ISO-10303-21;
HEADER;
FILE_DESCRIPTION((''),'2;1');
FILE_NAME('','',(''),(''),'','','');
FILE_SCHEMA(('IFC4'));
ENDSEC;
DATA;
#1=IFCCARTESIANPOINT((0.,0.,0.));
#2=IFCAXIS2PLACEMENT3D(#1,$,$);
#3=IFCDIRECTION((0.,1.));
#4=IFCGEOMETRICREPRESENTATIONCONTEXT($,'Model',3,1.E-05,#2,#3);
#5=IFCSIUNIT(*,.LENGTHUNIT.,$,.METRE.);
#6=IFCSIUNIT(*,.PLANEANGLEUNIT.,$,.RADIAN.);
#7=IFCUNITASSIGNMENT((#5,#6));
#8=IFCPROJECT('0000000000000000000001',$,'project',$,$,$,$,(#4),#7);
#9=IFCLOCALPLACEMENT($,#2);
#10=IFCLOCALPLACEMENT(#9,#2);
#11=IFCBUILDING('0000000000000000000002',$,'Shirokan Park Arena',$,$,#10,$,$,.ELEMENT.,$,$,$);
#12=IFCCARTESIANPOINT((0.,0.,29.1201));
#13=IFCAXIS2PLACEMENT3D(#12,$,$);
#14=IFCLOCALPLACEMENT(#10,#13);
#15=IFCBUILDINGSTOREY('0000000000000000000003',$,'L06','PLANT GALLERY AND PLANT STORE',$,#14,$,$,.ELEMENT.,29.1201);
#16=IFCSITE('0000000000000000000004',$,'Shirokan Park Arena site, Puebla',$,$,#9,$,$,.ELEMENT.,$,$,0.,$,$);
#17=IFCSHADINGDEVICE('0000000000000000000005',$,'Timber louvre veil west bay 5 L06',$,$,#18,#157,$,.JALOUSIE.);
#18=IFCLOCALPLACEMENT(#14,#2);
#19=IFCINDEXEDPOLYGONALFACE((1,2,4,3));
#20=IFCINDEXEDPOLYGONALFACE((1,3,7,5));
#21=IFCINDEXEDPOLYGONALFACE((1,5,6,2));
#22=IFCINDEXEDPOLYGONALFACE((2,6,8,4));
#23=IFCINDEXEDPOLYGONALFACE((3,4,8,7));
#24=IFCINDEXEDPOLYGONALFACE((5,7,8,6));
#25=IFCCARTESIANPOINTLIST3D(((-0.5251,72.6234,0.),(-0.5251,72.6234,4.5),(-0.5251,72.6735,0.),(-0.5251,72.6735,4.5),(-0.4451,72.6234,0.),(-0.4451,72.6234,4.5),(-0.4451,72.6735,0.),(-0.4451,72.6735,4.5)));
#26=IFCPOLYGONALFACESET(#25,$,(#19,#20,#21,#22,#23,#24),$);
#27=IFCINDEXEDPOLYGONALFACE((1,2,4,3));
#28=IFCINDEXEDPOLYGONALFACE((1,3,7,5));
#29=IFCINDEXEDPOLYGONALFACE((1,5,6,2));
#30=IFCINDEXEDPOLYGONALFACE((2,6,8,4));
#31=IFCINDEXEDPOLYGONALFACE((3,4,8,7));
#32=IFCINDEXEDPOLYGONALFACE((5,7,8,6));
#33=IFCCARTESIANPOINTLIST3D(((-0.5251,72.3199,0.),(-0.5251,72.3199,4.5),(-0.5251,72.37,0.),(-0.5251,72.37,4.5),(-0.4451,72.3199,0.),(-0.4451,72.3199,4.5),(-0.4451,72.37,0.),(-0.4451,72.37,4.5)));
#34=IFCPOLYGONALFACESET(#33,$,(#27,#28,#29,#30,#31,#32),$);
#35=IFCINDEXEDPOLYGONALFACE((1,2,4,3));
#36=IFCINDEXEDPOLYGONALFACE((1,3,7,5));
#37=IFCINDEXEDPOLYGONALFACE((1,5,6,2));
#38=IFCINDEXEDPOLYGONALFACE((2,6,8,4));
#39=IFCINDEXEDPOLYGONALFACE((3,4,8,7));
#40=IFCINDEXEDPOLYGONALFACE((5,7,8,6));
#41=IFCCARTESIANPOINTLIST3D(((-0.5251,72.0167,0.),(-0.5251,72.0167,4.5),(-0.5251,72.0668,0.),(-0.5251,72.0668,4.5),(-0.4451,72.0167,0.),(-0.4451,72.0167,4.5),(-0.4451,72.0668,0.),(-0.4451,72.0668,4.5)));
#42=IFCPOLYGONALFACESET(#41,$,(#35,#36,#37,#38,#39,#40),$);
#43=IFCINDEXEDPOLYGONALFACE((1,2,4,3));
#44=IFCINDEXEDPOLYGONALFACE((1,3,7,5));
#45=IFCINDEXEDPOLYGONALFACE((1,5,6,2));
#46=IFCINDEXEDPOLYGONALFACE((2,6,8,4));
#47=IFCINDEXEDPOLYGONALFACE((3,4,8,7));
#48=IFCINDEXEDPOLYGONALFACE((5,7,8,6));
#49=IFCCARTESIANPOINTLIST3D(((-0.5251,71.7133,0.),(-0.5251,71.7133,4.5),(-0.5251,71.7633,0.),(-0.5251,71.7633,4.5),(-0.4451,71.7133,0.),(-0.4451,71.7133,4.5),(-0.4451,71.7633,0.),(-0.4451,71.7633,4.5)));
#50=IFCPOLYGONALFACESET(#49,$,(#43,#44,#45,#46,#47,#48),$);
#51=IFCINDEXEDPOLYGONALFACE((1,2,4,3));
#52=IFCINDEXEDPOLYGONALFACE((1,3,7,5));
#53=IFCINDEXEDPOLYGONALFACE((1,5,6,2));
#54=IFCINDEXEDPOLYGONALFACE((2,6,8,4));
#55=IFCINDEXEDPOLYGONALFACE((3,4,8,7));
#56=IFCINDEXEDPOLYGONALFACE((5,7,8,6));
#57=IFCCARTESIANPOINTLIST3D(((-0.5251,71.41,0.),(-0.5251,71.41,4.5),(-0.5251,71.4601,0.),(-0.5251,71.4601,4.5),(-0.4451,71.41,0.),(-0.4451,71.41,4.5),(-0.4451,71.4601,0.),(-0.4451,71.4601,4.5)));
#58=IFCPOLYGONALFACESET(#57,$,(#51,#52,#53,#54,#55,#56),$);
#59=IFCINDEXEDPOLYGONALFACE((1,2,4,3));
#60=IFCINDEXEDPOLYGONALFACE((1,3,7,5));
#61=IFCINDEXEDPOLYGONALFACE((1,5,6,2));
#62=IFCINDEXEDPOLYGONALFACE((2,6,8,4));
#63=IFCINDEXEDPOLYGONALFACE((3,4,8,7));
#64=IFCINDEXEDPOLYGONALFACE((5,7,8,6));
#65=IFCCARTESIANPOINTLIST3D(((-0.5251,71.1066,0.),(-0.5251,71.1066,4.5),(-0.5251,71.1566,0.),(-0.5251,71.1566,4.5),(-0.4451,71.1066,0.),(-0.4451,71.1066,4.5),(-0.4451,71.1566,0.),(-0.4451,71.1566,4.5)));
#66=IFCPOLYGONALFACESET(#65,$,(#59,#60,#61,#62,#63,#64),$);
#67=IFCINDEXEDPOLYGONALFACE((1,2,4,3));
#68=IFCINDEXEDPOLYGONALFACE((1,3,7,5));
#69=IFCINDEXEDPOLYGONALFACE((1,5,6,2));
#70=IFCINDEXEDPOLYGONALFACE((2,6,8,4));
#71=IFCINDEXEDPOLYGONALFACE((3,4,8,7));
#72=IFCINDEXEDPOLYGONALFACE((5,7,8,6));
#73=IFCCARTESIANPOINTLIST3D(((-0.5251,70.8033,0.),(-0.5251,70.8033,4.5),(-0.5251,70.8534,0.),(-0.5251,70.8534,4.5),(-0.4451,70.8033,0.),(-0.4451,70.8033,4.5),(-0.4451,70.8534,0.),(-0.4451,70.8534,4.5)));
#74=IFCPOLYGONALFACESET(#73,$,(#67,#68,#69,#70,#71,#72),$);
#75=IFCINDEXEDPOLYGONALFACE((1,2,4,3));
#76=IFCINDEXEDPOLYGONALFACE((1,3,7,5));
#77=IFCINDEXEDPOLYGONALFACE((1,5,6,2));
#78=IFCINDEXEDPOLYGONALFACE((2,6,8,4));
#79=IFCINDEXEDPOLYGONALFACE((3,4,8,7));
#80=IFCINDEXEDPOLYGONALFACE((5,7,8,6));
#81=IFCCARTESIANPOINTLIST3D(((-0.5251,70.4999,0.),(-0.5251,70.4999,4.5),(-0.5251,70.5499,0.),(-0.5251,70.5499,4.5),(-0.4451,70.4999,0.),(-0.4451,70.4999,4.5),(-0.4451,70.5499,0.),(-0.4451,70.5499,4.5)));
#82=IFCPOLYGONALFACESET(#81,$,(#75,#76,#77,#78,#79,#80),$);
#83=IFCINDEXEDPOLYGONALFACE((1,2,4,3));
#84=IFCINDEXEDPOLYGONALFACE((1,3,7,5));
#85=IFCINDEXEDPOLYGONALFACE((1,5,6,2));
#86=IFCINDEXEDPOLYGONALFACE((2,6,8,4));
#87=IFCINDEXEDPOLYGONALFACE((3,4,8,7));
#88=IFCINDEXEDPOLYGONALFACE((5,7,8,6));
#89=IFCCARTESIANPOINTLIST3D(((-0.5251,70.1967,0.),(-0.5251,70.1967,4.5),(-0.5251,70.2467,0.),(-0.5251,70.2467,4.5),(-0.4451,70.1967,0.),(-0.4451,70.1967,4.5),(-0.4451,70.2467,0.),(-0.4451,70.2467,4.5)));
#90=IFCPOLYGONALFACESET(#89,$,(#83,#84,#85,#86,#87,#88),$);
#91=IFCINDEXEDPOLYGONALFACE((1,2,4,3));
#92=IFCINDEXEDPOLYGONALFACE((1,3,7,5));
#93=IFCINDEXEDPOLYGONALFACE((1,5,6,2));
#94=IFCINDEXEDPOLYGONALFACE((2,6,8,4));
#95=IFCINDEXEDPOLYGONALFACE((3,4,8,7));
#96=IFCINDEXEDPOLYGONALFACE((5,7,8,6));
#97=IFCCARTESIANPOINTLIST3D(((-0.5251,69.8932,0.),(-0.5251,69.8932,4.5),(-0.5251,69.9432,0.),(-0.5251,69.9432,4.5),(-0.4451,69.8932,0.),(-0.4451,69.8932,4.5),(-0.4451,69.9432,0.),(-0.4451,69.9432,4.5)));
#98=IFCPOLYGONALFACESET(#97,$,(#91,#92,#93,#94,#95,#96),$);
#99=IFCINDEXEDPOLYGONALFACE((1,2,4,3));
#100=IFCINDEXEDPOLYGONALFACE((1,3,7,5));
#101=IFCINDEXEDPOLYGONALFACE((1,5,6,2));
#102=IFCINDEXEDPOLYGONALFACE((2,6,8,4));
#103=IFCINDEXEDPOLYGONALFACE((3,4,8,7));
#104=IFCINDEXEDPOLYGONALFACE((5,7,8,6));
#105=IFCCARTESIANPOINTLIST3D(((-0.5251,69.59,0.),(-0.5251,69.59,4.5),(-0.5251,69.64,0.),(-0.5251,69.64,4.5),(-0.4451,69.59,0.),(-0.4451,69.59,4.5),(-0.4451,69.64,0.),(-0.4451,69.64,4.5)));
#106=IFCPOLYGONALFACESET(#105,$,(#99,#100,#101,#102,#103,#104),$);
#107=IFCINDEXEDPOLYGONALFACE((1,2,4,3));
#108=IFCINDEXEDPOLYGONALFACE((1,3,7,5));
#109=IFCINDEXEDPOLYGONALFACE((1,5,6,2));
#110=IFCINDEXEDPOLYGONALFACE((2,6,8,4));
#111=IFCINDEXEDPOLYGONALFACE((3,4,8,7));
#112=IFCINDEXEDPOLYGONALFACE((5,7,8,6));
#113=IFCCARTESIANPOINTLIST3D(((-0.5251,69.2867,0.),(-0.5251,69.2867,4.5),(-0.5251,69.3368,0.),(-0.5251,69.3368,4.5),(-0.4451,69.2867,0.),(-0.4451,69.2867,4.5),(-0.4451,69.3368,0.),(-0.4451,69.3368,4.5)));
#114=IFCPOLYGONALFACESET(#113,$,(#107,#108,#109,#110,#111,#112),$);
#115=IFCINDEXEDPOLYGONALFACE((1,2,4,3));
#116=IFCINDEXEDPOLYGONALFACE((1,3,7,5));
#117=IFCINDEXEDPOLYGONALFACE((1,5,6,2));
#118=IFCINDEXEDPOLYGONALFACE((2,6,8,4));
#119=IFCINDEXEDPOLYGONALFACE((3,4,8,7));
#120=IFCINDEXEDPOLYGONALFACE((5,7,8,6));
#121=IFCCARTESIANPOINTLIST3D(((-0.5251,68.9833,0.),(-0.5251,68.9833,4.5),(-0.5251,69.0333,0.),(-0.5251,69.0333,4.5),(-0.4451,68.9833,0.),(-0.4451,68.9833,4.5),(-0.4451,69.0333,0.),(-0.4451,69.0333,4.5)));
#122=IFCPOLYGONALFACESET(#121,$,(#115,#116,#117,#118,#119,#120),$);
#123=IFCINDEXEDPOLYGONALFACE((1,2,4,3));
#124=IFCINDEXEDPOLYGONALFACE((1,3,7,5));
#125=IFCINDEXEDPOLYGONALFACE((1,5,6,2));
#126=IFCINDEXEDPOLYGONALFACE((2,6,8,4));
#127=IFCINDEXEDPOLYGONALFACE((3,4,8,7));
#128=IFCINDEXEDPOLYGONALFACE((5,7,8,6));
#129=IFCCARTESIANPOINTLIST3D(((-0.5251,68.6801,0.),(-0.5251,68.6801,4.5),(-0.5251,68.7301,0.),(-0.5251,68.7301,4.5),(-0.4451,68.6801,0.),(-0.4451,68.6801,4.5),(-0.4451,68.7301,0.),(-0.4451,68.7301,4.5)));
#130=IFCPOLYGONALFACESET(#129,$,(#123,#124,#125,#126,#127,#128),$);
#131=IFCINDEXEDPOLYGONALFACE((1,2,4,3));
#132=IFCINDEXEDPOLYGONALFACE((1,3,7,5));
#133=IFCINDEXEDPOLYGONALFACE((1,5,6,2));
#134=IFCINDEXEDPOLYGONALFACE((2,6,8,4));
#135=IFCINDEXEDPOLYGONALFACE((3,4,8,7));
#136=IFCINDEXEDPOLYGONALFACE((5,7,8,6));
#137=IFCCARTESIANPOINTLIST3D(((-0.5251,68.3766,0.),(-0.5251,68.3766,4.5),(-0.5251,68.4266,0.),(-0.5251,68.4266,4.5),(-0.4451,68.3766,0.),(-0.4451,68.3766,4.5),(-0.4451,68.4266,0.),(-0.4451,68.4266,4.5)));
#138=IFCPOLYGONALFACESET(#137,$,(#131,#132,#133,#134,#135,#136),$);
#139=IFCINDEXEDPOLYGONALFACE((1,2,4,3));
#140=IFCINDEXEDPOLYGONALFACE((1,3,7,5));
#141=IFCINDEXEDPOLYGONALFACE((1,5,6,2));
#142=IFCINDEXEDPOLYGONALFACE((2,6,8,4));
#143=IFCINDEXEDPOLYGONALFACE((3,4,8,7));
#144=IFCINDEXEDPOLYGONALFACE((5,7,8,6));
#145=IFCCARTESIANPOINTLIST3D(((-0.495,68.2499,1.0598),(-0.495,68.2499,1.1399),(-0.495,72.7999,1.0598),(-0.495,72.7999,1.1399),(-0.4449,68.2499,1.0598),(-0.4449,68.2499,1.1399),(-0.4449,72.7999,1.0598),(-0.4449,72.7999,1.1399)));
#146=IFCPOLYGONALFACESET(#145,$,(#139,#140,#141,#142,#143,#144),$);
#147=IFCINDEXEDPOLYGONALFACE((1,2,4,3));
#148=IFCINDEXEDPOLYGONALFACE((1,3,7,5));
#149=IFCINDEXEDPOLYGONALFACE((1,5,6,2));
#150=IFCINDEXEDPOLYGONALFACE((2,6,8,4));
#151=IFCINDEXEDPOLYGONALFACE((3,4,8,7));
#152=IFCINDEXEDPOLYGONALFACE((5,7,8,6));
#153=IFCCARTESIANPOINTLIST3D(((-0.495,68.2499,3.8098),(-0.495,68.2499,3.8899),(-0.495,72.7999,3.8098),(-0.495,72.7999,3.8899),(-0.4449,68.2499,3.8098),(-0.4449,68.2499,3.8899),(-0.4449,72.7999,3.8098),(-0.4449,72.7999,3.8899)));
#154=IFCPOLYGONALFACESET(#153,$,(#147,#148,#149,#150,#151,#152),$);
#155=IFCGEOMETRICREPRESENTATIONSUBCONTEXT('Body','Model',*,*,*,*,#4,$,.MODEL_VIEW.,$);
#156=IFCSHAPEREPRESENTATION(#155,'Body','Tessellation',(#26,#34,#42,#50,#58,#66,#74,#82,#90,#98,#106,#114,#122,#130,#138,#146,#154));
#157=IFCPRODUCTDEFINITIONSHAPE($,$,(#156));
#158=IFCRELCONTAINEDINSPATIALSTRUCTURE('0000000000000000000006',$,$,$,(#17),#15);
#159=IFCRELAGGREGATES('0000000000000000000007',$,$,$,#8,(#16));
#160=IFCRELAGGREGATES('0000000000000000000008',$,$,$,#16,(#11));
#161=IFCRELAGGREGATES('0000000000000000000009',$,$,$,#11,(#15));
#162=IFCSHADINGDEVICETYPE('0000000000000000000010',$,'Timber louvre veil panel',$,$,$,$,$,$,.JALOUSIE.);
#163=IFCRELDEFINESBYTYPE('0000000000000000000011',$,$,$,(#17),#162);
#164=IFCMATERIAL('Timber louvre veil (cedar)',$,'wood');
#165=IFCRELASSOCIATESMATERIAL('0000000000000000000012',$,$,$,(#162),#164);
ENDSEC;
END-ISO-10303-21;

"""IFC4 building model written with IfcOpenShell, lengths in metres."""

from ifc_helpers import new_model, si_unit, direction, frame, origin, origin_2d, place, context, subcontext, project, spatial, rectangle, extrude, material, type_object, element, save


model = new_model("IFC4")

# Units and contexts
model_context = context("Model", 3, precision=1e-05, world=origin(), true_north=direction((0.0, 1.0)))
body_context = subcontext(model_context, "Body", "Model", "MODEL_VIEW")
ifc_project = project(units=[si_unit("LENGTHUNIT", "METRE"), si_unit("PLANEANGLEUNIT", "RADIAN")], contexts=[model_context])

# Site, building, storey
site_placement = place(None, origin())
site = spatial("IfcSite", under=ifc_project, at=site_placement, Name="Shirokan Park Arena site, Puebla", CompositionType="ELEMENT", RefElevation=0.0)
building_placement = place(site_placement, origin())
building = spatial("IfcBuilding", under=site, at=building_placement, Name="Shirokan Park Arena", CompositionType="ELEMENT")
storey_placement = place(building_placement, frame((0.0, 0.0, 29.1201)))
storey = spatial("IfcBuildingStorey", under=building, at=storey_placement, Name="L06", Description="PLANT GALLERY AND PLANT STORE", CompositionType="ELEMENT", Elevation=29.1201)

# Shading device
ifc_material_1 = material(Name="Timber louvre veil (cedar)", Category="wood")
shading_device_type = type_object("IfcShadingDeviceType", Name="Timber louvre veil panel", PredefinedType="JALOUSIE", material=ifc_material_1)
shading_device_1_placement = place(storey_placement, origin())
element("IfcShadingDevice", 1, at=shading_device_1_placement, inside=storey, type_object=shading_device_type, Name="Timber louvre veil west bay 5 L06", PredefinedType="JALOUSIE", context=body_context, shape_type="SweptSolid", body=[
    extrude(rectangle(XDim=0.05, YDim=0.0801, at=origin_2d()), frame((-0.4851, 72.6484, 0.0), z_axis=(0.0, 0.0, 1.0), x_axis=(0.0, -1.0, 0.0)), (0.0, 0.0, 1.0), 4.5),
    extrude(rectangle(XDim=0.05, YDim=0.0801, at=origin_2d()), frame((-0.4851, 72.345, 0.0), z_axis=(0.0, 0.0, 1.0), x_axis=(0.0, -1.0, 0.0)), (0.0, 0.0, 1.0), 4.5),
    extrude(rectangle(XDim=0.05, YDim=0.0801, at=origin_2d()), frame((-0.4851, 72.0417, 0.0), z_axis=(0.0, 0.0, 1.0), x_axis=(0.0, -1.0, 0.0)), (0.0, 0.0, 1.0), 4.5),
    extrude(rectangle(XDim=0.05, YDim=0.0801, at=origin_2d()), frame((-0.4851, 71.7383, 0.0), z_axis=(0.0, 0.0, 1.0), x_axis=(0.0, -1.0, 0.0)), (0.0, 0.0, 1.0), 4.5),
    extrude(rectangle(XDim=0.05, YDim=0.0801, at=origin_2d()), frame((-0.4851, 71.4351, 0.0), z_axis=(0.0, 0.0, 1.0), x_axis=(0.0, -1.0, 0.0)), (0.0, 0.0, 1.0), 4.5),
    extrude(rectangle(XDim=0.05, YDim=0.0801, at=origin_2d()), frame((-0.4851, 71.1316, 0.0), z_axis=(0.0, 0.0, 1.0), x_axis=(0.0, -1.0, 0.0)), (0.0, 0.0, 1.0), 4.5),
    extrude(rectangle(XDim=0.05, YDim=0.0801, at=origin_2d()), frame((-0.4851, 70.8284, 0.0), z_axis=(0.0, 0.0, 1.0), x_axis=(0.0, -1.0, 0.0)), (0.0, 0.0, 1.0), 4.5),
    extrude(rectangle(XDim=0.05, YDim=0.0801, at=origin_2d()), frame((-0.4851, 70.5249, 0.0), z_axis=(0.0, 0.0, 1.0), x_axis=(0.0, -1.0, 0.0)), (0.0, 0.0, 1.0), 4.5),
    extrude(rectangle(XDim=0.05, YDim=0.0801, at=origin_2d()), frame((-0.4851, 70.2217, 0.0), z_axis=(0.0, 0.0, 1.0), x_axis=(0.0, -1.0, 0.0)), (0.0, 0.0, 1.0), 4.5),
    extrude(rectangle(XDim=0.05, YDim=0.0801, at=origin_2d()), frame((-0.4851, 69.9182, 0.0), z_axis=(0.0, 0.0, 1.0), x_axis=(0.0, -1.0, 0.0)), (0.0, 0.0, 1.0), 4.5),
    extrude(rectangle(XDim=0.05, YDim=0.0801, at=origin_2d()), frame((-0.4851, 69.615, 0.0), z_axis=(0.0, 0.0, 1.0), x_axis=(0.0, -1.0, 0.0)), (0.0, 0.0, 1.0), 4.5),
    extrude(rectangle(XDim=0.05, YDim=0.0801, at=origin_2d()), frame((-0.4851, 69.3118, 0.0), z_axis=(0.0, 0.0, 1.0), x_axis=(0.0, -1.0, 0.0)), (0.0, 0.0, 1.0), 4.5),
    extrude(rectangle(XDim=0.05, YDim=0.0801, at=origin_2d()), frame((-0.4851, 69.0083, 0.0), z_axis=(0.0, 0.0, 1.0), x_axis=(0.0, -1.0, 0.0)), (0.0, 0.0, 1.0), 4.5),
    extrude(rectangle(XDim=0.05, YDim=0.0801, at=origin_2d()), frame((-0.4851, 68.7051, 0.0), z_axis=(0.0, 0.0, 1.0), x_axis=(0.0, -1.0, 0.0)), (0.0, 0.0, 1.0), 4.5),
    extrude(rectangle(XDim=0.05, YDim=0.0801, at=origin_2d()), frame((-0.4851, 68.4016, 0.0), z_axis=(0.0, 0.0, 1.0), x_axis=(0.0, -1.0, 0.0)), (0.0, 0.0, 1.0), 4.5),
    extrude(rectangle(XDim=4.55, YDim=0.05, at=origin_2d()), frame((-0.47, 70.5249, 1.0598), z_axis=(0.0, 0.0, 1.0), x_axis=(0.0, -1.0, 0.0)), (0.0, 0.0, 1.0), 0.0801),
    extrude(rectangle(XDim=4.55, YDim=0.05, at=origin_2d()), frame((-0.47, 70.5249, 3.8098), z_axis=(0.0, 0.0, 1.0), x_axis=(0.0, -1.0, 0.0)), (0.0, 0.0, 1.0), 0.0801),
])

save(model, "model.ifc")
